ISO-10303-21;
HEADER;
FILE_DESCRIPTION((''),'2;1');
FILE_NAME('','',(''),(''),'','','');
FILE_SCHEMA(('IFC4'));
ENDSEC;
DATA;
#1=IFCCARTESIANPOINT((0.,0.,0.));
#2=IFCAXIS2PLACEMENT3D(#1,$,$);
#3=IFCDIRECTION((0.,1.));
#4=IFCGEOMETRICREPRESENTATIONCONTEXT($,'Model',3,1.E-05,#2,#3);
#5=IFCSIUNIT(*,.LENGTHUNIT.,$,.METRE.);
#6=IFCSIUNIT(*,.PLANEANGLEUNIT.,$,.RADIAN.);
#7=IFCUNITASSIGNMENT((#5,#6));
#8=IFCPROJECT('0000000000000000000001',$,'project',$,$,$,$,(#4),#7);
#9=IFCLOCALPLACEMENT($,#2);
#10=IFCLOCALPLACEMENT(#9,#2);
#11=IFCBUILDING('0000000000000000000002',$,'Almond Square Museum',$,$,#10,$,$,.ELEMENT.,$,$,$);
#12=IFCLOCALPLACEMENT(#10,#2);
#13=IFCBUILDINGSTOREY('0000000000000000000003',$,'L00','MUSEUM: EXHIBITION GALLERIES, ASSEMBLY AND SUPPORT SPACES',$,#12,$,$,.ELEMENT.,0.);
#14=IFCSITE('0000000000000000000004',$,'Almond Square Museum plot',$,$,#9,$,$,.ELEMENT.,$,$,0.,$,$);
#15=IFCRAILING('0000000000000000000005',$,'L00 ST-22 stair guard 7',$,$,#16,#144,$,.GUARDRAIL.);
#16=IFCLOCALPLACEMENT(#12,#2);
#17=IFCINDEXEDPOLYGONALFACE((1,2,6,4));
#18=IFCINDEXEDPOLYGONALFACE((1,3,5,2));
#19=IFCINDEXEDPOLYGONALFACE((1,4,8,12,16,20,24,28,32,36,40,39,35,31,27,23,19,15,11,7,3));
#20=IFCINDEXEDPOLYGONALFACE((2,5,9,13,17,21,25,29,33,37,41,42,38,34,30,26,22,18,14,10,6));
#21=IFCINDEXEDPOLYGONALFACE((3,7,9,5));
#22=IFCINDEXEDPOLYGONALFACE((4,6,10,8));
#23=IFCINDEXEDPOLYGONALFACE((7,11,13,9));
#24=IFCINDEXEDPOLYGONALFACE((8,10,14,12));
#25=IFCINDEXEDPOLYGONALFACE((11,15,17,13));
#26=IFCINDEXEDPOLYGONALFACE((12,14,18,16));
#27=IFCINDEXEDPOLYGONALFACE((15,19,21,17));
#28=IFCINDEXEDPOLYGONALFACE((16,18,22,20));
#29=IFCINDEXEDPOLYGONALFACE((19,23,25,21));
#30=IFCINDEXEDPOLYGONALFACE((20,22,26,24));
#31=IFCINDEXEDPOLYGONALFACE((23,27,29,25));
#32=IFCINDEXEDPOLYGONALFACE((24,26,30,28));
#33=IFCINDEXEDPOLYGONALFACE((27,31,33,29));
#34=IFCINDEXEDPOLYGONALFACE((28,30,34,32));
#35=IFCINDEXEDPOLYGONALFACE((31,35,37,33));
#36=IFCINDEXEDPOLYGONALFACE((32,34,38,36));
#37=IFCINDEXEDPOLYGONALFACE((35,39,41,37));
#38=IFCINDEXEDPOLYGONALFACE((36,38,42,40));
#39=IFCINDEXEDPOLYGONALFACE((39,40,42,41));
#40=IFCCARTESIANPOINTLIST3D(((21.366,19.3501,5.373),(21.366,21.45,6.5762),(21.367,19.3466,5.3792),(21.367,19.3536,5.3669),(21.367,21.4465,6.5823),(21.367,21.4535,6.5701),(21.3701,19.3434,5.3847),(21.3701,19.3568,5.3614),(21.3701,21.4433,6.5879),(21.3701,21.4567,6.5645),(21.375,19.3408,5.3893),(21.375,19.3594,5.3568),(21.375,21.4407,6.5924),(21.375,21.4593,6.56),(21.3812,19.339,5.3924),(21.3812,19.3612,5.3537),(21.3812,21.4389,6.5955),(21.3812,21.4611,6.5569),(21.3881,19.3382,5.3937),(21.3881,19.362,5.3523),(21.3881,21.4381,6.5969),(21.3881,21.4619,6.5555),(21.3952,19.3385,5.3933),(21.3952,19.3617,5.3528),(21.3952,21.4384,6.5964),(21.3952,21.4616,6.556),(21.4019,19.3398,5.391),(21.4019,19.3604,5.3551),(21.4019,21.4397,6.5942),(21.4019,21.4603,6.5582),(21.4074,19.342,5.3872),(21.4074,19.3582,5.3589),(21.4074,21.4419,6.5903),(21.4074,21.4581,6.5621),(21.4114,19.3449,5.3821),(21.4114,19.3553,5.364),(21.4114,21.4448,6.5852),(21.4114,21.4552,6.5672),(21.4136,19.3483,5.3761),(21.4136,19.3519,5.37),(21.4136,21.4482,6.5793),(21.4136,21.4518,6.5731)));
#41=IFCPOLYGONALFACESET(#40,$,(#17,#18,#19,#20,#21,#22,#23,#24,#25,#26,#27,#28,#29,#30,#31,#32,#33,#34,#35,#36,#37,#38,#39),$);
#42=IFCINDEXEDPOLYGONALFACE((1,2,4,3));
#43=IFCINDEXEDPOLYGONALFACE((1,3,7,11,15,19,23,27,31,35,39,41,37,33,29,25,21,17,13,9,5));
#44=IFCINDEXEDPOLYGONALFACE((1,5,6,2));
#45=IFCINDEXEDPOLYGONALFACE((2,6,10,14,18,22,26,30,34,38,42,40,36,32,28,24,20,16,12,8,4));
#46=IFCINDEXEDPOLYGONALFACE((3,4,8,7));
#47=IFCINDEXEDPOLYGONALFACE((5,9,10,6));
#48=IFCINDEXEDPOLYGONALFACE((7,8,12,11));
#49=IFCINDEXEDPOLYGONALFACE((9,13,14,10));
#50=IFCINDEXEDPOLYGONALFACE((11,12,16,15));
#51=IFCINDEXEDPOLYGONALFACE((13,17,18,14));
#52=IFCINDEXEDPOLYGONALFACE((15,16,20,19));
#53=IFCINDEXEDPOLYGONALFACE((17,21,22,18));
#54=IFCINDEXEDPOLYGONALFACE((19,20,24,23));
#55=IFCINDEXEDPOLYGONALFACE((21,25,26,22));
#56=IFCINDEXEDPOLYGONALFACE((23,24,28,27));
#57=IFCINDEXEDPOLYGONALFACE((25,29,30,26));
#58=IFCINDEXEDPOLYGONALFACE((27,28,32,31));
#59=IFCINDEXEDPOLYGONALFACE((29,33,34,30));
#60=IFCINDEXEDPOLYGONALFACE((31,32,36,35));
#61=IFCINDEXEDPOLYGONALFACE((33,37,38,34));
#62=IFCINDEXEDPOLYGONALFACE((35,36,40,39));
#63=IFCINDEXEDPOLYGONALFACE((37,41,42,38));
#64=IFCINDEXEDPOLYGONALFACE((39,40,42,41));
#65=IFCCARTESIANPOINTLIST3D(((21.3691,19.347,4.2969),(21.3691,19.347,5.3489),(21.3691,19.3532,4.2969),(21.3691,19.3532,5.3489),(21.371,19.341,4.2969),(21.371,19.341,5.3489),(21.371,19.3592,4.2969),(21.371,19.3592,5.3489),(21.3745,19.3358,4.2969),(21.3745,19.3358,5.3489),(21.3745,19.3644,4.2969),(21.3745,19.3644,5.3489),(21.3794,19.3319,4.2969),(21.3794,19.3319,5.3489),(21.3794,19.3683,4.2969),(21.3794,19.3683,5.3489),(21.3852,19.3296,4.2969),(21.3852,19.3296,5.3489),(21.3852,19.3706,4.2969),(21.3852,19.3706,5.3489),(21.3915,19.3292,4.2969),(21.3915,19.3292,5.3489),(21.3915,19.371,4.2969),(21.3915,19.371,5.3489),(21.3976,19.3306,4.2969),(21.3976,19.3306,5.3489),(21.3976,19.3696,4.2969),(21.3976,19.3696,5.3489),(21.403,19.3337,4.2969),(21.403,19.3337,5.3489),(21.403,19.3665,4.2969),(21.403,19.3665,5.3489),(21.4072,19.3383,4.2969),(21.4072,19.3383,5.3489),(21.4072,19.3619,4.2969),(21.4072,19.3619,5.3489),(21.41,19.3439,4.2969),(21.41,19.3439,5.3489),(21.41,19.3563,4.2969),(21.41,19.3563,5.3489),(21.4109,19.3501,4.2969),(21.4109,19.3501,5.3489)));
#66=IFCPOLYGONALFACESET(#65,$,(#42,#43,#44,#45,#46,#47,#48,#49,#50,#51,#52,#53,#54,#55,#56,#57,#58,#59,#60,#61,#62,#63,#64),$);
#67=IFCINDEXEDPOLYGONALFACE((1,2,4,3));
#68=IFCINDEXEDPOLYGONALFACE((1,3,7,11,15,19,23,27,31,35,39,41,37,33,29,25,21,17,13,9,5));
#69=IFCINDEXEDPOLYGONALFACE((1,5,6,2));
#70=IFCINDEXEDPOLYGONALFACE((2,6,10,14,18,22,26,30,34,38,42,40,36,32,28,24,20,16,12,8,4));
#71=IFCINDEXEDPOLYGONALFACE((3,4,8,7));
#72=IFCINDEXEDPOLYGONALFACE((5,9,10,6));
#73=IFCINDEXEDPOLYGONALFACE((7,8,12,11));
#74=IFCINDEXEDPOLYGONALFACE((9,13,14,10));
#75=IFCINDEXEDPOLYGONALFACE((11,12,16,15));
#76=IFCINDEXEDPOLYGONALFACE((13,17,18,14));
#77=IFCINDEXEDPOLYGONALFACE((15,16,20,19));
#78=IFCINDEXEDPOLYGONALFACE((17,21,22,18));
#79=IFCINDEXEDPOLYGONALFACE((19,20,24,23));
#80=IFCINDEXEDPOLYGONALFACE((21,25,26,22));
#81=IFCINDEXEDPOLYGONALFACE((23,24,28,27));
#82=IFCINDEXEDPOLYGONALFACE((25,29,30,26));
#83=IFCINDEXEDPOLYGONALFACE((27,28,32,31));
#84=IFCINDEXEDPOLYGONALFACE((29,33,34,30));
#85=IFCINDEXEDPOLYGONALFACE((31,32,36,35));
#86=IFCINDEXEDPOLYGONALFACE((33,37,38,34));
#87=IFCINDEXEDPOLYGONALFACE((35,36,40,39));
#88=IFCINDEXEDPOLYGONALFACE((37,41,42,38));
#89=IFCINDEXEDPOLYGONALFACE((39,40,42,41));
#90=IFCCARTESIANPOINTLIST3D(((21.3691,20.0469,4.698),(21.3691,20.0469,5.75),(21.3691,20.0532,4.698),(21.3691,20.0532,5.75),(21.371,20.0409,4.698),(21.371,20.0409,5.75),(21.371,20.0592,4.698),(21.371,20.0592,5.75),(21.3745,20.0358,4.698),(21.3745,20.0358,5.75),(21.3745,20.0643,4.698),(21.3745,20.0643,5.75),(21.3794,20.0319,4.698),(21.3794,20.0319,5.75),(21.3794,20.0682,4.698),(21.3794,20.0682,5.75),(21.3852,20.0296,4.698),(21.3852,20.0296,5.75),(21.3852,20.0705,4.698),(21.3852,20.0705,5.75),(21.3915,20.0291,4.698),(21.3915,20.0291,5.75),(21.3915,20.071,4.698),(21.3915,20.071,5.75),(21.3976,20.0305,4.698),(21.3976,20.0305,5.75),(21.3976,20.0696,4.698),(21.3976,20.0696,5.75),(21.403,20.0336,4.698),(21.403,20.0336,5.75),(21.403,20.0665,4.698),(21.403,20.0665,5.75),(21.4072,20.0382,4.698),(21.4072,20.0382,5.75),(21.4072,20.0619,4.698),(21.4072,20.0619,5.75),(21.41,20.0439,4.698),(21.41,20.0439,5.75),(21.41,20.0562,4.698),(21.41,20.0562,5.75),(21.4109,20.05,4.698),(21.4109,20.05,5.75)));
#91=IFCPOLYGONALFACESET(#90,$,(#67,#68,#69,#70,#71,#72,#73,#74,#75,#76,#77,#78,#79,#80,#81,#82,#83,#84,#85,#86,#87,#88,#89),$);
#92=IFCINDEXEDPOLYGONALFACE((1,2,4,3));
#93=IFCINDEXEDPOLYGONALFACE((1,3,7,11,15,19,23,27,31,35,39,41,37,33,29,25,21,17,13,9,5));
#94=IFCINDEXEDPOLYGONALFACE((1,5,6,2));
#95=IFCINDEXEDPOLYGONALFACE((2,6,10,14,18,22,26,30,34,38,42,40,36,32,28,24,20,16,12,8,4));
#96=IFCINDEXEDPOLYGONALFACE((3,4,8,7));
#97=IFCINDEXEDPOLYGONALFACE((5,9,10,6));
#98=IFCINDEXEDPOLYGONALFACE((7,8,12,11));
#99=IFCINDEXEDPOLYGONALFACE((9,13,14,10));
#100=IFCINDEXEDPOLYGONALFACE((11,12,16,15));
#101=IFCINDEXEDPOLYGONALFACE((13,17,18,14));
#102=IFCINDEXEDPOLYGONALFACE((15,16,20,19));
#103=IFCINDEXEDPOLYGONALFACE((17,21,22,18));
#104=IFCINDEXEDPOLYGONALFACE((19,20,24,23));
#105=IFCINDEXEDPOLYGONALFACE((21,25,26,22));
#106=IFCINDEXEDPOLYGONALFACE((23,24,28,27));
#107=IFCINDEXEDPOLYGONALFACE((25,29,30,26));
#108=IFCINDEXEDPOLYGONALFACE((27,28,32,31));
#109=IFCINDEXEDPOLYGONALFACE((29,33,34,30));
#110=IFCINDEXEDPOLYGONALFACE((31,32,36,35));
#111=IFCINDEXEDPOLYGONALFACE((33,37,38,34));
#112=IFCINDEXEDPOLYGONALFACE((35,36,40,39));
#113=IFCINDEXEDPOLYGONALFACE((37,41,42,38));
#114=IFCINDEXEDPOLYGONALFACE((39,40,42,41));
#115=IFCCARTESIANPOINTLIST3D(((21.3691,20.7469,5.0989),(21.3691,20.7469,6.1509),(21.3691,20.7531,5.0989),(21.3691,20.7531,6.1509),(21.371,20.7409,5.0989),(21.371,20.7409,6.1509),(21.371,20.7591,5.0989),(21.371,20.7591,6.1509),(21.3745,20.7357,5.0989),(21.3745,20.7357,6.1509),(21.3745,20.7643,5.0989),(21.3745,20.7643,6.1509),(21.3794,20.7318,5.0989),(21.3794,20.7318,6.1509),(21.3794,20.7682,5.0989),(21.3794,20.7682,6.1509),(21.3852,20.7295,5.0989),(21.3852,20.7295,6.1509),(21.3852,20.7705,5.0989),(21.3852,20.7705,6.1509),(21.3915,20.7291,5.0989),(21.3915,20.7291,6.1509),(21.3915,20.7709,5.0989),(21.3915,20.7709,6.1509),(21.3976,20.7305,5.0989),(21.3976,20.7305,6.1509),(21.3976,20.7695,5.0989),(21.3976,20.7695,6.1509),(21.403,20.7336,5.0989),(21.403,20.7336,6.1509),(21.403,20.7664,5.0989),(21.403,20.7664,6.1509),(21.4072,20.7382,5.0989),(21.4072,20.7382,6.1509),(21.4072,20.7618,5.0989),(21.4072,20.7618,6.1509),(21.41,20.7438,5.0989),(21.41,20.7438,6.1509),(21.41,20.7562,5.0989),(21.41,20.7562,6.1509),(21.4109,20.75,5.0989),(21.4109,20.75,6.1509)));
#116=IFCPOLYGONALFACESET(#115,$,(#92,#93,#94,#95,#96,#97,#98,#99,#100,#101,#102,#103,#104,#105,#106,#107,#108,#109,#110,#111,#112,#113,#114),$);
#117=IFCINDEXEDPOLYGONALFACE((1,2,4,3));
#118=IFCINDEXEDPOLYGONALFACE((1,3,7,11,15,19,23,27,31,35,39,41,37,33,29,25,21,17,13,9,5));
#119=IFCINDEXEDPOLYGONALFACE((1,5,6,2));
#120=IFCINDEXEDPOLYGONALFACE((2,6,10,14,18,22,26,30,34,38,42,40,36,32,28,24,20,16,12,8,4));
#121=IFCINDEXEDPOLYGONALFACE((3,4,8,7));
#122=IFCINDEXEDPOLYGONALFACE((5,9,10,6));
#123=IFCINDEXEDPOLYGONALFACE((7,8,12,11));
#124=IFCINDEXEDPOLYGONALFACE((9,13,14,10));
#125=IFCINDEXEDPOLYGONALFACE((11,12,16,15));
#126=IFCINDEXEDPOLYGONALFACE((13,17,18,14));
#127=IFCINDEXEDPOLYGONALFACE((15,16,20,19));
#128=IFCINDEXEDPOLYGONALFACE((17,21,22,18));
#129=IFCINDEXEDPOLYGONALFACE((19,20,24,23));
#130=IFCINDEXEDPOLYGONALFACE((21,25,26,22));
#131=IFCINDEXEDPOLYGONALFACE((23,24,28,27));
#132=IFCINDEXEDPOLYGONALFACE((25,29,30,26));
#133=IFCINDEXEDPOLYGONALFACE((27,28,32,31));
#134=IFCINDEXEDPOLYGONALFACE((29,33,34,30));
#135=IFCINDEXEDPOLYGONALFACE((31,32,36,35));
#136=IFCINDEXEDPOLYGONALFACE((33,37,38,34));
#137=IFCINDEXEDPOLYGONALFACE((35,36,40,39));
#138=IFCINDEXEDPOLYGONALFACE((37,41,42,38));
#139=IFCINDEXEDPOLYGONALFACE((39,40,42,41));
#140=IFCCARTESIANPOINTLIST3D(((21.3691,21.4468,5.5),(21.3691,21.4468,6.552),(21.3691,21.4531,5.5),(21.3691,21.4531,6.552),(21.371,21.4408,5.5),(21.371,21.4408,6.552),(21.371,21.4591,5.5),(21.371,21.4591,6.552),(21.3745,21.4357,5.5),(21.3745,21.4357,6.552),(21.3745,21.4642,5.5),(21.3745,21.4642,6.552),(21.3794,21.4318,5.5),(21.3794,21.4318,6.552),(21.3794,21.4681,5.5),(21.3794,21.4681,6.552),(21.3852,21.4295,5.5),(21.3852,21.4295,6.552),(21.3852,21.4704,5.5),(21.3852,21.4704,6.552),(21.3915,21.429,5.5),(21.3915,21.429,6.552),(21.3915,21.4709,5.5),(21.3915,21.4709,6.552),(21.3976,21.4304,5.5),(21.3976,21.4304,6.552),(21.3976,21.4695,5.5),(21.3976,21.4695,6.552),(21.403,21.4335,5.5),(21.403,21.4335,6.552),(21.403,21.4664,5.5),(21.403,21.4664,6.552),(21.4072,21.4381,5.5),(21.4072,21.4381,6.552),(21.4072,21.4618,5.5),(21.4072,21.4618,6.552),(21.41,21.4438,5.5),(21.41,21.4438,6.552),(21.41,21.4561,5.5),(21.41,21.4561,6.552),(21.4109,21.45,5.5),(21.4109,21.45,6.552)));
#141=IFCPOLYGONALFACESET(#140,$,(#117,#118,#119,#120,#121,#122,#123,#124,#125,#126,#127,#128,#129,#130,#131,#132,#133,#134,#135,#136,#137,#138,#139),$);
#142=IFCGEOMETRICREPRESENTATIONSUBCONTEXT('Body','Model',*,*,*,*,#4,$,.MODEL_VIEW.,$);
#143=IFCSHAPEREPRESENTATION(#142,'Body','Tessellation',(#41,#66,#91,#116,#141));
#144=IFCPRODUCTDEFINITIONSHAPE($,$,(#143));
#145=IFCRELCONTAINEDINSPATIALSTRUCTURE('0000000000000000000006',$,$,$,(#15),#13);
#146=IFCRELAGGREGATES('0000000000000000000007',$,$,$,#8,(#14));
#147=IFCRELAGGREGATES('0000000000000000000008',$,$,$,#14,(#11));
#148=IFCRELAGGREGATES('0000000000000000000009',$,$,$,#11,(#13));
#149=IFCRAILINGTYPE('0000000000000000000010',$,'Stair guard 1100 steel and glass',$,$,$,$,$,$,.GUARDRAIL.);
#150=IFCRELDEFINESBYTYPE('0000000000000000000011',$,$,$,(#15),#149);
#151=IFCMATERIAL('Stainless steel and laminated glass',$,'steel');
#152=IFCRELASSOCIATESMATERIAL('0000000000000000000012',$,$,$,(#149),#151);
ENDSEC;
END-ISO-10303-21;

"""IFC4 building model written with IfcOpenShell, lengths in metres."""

from ifc_helpers import new_model, si_unit, direction, frame, origin, origin_2d, place, context, subcontext, project, spatial, circle, extrude, material, type_object, element, save


model = new_model("IFC4")

# Units and contexts
model_context = context("Model", 3, precision=1e-05, world=origin(), true_north=direction((0.0, 1.0)))
body_context = subcontext(model_context, "Body", "Model", "MODEL_VIEW")
ifc_project = project(units=[si_unit("LENGTHUNIT", "METRE"), si_unit("PLANEANGLEUNIT", "RADIAN")], contexts=[model_context])

# Site, building, storey
site_placement = place(None, origin())
site = spatial("IfcSite", under=ifc_project, at=site_placement, Name="Almond Square Museum plot", CompositionType="ELEMENT", RefElevation=0.0)
building_placement = place(site_placement, origin())
building = spatial("IfcBuilding", under=site, at=building_placement, Name="Almond Square Museum", CompositionType="ELEMENT")
storey_placement = place(building_placement, origin())
storey = spatial("IfcBuildingStorey", under=building, at=storey_placement, Name="L00", Description="MUSEUM: EXHIBITION GALLERIES, ASSEMBLY AND SUPPORT SPACES", CompositionType="ELEMENT", Elevation=0.0)

# Railing
ifc_material_1 = material(Name="Stainless steel and laminated glass", Category="steel")
railing_type_1 = type_object("IfcRailingType", Name="Stair guard 1100 steel and glass", PredefinedType="GUARDRAIL", material=ifc_material_1)
railing_1_placement = place(storey_placement, frame((21.3899, 19.3501, 4.2969)))
element("IfcRailing", 1, at=railing_1_placement, inside=storey, type_object=railing_type_1, Name="L00 ST-22 stair guard 7", PredefinedType="GUARDRAIL", context=body_context, shape_type="SweptSolid", body=[
    extrude(circle(Radius=0.0239, at=origin_2d()), frame((0.0, 0.0, 1.0762), z_axis=(0.0, 0.867671, 0.497138), x_axis=(-1.0, 0.0, 0.0)), (0.0, 0.0, 1.0), 2.4202),
    extrude(circle(Radius=0.021, at=origin_2d()), origin(), (0.0, 0.0, 1.0), 1.052),
    extrude(circle(Radius=0.021, at=origin_2d()), frame((0.0, 0.7, 0.4011)), (0.0, 0.0, 1.0), 1.052),
    extrude(circle(Radius=0.021, at=origin_2d()), frame((0.0, 1.3999, 0.802)), (0.0, 0.0, 1.0), 1.052),
    extrude(circle(Radius=0.021, at=origin_2d()), frame((0.0, 2.0999, 1.2031)), (0.0, 0.0, 1.0), 1.052),
])

save(model, "model.ifc")
